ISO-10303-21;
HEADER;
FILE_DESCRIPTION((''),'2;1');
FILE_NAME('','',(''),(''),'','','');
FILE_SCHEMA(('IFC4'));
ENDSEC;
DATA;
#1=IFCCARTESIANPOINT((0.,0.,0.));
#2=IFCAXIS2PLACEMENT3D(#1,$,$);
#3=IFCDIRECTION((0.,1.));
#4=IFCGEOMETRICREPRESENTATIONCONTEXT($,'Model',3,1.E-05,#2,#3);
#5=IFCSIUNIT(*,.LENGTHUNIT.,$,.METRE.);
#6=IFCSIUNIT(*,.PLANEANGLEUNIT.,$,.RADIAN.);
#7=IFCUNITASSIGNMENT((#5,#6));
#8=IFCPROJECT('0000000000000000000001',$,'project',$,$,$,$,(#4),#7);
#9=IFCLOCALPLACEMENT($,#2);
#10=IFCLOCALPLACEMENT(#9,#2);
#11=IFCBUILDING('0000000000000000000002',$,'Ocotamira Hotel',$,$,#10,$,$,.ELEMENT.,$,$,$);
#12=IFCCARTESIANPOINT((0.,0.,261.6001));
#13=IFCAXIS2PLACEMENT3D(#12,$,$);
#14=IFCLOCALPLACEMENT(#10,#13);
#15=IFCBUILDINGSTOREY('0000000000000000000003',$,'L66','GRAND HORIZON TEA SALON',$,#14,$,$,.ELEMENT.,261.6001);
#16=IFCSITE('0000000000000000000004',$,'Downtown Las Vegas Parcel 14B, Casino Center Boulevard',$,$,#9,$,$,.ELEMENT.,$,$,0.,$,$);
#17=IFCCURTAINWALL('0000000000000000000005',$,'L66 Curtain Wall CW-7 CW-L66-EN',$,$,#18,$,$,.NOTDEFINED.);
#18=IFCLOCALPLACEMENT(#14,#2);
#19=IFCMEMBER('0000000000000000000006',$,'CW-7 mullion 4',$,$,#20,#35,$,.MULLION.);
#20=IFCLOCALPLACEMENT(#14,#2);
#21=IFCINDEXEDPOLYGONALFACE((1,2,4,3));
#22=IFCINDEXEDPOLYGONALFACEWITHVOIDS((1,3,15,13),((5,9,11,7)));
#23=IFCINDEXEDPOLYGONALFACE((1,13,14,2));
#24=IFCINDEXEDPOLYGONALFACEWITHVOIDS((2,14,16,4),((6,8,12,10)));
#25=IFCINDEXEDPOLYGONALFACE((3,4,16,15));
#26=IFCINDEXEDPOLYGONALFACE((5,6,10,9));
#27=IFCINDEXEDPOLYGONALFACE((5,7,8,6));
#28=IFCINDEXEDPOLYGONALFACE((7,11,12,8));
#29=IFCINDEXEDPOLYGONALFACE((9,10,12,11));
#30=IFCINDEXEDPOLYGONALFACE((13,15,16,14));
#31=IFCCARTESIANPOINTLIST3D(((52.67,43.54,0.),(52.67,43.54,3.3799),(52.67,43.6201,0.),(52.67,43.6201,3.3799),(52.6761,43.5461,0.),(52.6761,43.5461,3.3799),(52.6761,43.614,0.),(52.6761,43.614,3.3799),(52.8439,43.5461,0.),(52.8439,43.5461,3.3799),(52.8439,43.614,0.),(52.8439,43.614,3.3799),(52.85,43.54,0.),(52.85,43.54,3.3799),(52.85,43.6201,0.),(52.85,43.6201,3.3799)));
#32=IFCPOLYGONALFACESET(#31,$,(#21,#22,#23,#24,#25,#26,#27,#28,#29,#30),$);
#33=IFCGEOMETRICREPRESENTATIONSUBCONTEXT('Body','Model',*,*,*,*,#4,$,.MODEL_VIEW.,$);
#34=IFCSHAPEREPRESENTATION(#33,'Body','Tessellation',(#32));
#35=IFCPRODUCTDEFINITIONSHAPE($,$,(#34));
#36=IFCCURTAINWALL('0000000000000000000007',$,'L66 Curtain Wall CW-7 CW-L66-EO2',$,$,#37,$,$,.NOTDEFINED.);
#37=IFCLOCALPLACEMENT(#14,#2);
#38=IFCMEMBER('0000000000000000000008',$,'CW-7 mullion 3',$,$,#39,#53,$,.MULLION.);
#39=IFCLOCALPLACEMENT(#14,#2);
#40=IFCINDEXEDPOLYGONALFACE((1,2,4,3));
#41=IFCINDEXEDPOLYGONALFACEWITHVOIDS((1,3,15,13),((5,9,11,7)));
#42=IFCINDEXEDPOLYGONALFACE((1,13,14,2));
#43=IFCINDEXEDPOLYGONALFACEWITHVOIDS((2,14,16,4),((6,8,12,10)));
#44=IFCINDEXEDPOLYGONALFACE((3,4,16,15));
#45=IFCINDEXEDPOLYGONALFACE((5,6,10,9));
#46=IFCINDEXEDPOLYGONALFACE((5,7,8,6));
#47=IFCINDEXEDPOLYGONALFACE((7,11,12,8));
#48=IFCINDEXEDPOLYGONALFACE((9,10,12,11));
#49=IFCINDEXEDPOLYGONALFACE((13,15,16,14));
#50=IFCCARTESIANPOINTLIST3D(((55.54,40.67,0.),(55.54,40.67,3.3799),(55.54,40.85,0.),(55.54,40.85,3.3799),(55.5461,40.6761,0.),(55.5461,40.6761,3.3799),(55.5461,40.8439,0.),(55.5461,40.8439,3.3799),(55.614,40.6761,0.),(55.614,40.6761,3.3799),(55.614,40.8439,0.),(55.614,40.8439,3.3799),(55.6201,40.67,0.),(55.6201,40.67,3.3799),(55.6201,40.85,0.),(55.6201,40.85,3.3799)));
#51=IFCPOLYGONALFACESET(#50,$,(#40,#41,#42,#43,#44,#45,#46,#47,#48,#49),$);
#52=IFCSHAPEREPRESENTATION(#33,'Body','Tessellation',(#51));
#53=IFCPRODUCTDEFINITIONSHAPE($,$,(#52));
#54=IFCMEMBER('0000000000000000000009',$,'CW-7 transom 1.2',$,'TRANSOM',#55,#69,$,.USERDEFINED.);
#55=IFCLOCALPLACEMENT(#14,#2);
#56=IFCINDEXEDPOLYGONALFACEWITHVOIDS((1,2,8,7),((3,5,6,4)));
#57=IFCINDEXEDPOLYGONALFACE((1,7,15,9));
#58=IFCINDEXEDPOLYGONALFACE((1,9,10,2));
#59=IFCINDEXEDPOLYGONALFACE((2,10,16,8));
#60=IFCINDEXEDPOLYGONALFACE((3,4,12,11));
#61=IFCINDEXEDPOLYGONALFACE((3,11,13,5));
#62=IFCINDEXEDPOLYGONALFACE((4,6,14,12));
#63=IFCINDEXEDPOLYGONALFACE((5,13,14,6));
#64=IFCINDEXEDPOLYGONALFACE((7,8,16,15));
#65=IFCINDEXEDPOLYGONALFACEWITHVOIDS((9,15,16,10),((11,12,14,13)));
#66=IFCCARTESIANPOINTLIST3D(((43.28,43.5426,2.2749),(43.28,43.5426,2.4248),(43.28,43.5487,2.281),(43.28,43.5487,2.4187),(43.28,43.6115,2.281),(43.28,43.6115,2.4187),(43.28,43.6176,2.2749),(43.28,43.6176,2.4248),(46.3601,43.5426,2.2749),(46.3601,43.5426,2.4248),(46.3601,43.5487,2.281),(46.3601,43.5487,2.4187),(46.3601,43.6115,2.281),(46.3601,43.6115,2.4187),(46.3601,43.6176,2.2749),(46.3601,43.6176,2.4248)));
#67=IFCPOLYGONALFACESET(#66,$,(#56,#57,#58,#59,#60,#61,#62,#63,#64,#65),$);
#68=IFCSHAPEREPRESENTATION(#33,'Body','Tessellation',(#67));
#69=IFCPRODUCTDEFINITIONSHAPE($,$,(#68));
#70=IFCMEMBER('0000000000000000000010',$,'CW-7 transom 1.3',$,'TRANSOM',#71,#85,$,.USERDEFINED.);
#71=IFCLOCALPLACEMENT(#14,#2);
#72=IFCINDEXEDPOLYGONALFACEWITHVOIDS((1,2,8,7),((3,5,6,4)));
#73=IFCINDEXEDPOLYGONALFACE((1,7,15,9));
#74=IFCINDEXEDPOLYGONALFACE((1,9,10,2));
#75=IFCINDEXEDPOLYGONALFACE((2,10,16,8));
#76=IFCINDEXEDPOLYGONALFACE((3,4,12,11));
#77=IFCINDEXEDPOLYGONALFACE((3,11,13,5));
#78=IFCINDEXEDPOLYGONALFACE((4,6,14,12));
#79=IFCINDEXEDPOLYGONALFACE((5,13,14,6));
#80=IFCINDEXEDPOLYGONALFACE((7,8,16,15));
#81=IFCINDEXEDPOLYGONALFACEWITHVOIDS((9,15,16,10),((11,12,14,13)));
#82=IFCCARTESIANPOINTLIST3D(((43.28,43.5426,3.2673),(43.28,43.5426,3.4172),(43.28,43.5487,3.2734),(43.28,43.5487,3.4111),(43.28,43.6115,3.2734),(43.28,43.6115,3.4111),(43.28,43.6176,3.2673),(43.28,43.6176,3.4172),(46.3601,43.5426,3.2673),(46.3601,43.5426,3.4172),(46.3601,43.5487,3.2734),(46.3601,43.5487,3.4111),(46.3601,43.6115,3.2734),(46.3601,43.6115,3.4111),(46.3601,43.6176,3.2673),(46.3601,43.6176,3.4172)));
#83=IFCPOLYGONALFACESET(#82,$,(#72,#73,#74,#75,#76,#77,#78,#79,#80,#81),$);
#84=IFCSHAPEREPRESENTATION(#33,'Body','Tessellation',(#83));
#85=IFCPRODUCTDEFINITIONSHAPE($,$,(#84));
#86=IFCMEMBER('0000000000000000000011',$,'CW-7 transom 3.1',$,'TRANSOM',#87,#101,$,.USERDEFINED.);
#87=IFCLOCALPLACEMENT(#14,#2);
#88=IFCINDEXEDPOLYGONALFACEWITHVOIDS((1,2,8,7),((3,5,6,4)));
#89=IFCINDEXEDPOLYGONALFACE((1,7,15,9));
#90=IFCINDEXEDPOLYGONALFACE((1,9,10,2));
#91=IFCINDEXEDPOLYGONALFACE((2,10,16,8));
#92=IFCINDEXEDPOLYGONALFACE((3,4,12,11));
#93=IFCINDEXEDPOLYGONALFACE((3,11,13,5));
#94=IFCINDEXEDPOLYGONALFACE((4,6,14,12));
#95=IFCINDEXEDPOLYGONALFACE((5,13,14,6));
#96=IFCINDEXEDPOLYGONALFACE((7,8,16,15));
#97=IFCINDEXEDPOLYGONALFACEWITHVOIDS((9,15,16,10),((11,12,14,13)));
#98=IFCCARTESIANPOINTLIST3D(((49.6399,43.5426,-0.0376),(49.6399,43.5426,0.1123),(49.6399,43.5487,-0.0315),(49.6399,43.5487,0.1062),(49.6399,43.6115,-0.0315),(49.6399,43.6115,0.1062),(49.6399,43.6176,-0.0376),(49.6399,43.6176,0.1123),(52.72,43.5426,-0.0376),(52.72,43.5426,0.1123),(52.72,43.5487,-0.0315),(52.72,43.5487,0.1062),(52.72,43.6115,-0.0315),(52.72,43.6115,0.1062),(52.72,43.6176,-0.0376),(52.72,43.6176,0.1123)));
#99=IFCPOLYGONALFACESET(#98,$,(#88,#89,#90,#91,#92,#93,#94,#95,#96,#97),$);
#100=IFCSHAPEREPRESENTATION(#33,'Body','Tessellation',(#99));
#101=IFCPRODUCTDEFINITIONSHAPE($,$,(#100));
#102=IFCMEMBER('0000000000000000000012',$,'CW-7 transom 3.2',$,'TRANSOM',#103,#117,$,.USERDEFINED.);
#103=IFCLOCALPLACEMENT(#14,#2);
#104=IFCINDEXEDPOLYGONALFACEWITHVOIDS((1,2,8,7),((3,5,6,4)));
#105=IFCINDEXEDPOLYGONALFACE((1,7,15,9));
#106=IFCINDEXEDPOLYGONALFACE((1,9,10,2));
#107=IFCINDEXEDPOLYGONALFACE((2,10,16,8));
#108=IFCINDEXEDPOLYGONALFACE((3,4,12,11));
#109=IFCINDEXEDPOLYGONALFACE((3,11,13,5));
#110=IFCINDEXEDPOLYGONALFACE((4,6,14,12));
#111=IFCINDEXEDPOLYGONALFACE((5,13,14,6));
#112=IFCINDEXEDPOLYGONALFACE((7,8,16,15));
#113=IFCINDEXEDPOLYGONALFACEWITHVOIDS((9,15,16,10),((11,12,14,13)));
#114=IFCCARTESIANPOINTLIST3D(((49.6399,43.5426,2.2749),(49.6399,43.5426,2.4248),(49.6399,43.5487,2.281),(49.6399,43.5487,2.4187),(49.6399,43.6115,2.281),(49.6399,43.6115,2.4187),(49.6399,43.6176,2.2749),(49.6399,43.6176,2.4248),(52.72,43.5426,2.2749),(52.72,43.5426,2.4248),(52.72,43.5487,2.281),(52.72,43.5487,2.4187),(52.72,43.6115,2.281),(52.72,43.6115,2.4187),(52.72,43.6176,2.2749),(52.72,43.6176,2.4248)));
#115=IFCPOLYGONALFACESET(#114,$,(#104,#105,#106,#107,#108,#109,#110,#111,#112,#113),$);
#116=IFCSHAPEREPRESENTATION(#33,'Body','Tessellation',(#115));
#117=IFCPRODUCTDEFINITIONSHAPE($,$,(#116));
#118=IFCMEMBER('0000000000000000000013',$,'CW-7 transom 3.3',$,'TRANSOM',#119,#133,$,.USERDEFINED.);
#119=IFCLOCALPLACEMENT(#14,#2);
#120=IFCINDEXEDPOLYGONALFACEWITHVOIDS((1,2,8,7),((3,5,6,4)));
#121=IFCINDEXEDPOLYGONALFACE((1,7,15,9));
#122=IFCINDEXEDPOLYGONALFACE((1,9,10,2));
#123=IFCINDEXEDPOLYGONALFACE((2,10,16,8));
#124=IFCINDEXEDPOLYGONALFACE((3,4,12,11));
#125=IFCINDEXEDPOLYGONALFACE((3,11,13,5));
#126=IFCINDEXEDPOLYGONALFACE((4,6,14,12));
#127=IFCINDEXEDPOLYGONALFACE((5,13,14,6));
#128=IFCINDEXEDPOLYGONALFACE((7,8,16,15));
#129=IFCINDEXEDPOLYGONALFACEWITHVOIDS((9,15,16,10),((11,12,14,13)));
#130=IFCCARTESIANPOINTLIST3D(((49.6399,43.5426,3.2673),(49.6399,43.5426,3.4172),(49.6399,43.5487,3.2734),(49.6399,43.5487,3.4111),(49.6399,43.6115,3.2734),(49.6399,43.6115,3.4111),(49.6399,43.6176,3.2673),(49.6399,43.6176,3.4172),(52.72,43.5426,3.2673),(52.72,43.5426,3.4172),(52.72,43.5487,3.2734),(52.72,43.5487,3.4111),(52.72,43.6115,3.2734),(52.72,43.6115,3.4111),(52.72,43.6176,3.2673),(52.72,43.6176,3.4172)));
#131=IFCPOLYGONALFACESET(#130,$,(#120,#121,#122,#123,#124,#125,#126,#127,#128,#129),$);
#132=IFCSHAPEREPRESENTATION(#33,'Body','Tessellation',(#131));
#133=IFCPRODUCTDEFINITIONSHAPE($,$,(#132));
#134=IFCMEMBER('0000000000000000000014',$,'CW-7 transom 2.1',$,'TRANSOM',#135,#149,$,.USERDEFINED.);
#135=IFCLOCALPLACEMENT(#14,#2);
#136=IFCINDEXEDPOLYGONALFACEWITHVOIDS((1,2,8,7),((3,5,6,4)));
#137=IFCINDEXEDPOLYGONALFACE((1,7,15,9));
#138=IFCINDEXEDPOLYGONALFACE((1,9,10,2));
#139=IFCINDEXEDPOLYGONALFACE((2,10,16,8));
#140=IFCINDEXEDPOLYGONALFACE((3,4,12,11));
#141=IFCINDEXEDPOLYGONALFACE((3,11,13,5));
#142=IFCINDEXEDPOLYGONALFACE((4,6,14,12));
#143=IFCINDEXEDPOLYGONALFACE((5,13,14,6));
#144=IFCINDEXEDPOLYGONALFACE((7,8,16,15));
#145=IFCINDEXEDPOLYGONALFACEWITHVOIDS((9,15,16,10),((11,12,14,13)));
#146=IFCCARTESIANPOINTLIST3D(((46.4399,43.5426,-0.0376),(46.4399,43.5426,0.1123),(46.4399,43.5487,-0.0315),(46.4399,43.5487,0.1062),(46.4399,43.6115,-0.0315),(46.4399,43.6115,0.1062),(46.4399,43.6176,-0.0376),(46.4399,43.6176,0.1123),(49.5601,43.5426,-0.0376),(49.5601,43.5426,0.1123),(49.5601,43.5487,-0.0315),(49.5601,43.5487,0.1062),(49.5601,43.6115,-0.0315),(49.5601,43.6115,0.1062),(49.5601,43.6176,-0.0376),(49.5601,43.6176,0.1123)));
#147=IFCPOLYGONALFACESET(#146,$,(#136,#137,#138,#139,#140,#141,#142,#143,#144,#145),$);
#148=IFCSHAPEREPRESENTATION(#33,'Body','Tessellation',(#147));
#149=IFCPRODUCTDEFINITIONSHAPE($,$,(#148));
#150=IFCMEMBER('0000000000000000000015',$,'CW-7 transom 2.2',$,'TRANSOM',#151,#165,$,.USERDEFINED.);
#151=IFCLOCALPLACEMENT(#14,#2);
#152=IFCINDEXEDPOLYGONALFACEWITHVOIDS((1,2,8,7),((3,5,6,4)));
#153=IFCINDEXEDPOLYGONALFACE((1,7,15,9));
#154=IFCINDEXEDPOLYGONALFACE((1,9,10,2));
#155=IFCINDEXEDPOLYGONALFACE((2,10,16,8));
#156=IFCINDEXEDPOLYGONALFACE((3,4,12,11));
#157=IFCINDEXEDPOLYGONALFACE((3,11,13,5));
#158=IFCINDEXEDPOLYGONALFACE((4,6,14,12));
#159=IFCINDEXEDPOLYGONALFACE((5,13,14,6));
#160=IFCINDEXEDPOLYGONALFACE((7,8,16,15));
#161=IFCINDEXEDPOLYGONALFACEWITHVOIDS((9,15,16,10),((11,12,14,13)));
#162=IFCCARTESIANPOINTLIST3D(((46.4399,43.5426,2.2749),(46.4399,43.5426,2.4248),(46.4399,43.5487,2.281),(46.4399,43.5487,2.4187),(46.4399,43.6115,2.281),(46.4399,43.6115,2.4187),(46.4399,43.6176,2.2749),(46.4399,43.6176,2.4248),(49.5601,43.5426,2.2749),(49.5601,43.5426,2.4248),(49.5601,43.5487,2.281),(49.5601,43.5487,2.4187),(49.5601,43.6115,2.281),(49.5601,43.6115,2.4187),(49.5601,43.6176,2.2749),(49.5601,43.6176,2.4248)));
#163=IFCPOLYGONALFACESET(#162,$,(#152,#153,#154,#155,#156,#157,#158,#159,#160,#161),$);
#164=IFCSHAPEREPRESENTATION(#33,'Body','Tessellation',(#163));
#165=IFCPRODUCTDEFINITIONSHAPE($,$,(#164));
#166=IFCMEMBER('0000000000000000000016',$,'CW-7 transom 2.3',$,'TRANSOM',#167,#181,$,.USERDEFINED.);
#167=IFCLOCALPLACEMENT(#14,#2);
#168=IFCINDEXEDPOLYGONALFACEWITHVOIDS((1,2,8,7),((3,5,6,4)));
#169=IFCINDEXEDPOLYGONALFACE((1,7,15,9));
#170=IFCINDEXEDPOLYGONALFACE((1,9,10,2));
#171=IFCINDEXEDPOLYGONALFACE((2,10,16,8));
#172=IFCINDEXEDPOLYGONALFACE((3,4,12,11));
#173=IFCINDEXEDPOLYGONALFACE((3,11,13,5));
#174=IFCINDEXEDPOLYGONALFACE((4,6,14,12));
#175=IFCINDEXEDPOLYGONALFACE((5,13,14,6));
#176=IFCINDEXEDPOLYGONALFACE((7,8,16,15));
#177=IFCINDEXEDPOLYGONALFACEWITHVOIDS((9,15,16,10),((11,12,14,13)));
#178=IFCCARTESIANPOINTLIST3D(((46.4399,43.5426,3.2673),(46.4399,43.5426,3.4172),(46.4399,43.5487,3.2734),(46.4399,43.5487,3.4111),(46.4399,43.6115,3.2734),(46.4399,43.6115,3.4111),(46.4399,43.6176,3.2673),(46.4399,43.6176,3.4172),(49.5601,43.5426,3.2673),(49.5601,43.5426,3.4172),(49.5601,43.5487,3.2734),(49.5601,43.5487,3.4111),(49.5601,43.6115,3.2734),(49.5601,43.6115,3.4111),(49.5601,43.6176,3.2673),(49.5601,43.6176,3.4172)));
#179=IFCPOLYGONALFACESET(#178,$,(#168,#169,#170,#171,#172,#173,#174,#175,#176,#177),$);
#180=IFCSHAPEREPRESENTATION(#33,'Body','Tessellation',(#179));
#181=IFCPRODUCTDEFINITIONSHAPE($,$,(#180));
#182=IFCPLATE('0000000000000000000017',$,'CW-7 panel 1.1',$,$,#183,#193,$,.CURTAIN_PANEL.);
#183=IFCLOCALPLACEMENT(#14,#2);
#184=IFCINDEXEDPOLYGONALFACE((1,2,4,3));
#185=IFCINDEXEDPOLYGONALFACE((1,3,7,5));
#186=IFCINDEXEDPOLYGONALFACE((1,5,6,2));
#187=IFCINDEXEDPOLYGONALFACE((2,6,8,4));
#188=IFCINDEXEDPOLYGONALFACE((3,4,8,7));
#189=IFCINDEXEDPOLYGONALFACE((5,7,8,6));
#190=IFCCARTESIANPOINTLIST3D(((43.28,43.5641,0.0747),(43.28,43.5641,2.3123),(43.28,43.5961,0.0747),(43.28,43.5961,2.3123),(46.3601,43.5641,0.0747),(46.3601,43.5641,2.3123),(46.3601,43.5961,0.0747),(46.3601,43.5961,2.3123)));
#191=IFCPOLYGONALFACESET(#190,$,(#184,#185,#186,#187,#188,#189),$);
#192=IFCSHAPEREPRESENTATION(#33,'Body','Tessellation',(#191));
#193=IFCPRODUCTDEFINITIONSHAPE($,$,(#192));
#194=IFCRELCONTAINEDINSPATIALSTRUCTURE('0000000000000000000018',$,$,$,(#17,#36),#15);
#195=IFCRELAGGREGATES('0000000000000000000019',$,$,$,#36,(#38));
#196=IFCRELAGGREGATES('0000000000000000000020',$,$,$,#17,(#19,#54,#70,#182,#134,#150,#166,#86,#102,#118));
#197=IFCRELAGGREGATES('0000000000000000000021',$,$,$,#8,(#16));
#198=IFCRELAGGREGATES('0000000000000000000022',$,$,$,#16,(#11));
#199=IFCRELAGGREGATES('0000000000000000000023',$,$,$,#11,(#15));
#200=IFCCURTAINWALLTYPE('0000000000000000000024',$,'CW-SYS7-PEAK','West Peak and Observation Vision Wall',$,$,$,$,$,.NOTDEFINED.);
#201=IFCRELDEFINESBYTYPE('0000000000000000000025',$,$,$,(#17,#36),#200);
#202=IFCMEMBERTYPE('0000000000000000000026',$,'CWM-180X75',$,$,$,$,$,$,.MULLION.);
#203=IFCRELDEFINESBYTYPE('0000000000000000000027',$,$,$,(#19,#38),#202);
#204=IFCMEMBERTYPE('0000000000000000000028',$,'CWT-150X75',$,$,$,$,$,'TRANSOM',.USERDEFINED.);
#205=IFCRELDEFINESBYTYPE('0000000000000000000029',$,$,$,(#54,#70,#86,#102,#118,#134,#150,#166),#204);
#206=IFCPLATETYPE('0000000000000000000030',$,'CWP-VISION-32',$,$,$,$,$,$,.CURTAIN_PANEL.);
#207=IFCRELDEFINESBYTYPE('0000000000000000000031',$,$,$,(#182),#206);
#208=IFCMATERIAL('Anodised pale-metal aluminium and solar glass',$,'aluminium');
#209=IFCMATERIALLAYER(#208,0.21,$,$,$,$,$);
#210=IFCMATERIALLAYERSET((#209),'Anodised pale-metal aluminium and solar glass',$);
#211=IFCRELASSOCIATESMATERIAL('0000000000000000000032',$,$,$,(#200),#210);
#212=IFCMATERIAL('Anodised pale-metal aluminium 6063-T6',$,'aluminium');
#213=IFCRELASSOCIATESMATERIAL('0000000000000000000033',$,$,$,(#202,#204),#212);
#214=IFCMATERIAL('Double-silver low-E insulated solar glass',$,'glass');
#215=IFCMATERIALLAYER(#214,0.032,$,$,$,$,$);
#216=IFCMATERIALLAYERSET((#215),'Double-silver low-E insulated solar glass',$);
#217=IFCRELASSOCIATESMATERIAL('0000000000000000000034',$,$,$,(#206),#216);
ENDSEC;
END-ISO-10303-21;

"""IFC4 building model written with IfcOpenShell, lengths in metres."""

from ifc_helpers import new_model, si_unit, direction, frame, origin, origin_2d, place, context, subcontext, project, spatial, rectangle, hollow_rectangle, extrude, source, transform, mapped, material, layer, layer_set, material_profile, profile_set, type_object, element, aggregate, save


model = new_model("IFC4")

# Units and contexts
model_context = context("Model", 3, precision=1e-05, world=origin(), true_north=direction((0.0, 1.0)))
body_context = subcontext(model_context, "Body", "Model", "MODEL_VIEW")
ifc_project = project(units=[si_unit("LENGTHUNIT", "METRE"), si_unit("PLANEANGLEUNIT", "RADIAN")], contexts=[model_context])

# Site, building, storey
site_placement = place(None, origin())
site = spatial("IfcSite", under=ifc_project, at=site_placement, Name="Downtown Las Vegas Parcel 14B, Casino Center Boulevard", CompositionType="ELEMENT", RefElevation=0.0)
building_placement = place(site_placement, origin())
building = spatial("IfcBuilding", under=site, at=building_placement, Name="Ocotamira Hotel", CompositionType="ELEMENT")
storey_placement = place(building_placement, frame((0.0, 0.0, 261.6001)))
storey = spatial("IfcBuildingStorey", under=building, at=storey_placement, Name="L66", Description="GRAND HORIZON TEA SALON", CompositionType="ELEMENT", Elevation=261.6001)

# Curtain wall, member
ifc_material_1 = material(Name="Anodised pale-metal aluminium and solar glass", Category="aluminium")
ifc_layer_1 = layer(ifc_material_1, 0.21)
ifc_layer_set_1 = layer_set([ifc_layer_1], Name="Anodised pale-metal aluminium and solar glass")
curtain_wall_type = type_object("IfcCurtainWallType", Name="CW-SYS7-PEAK", Description="West Peak and Observation Vision Wall", PredefinedType="NOTDEFINED", material=ifc_layer_set_1)
curtain_wall_1_placement = place(storey_placement, origin())
curtain_wall_1 = element("IfcCurtainWall", 1, at=curtain_wall_1_placement, inside=storey, type_object=curtain_wall_type, Name="L66 Curtain Wall CW-7 CW-L66-EN", PredefinedType="NOTDEFINED")
ifc_material_2 = material(Name="Anodised pale-metal aluminium 6063-T6", Category="aluminium")
ifc_material_profile_1 = material_profile(ifc_material_2, hollow_rectangle(XDim=0.0801, YDim=0.1799, WallThickness=0.0061, at=origin_2d()), Name="HSS180X80X6")
ifc_profile_set_1 = profile_set([ifc_material_profile_1], Name="Anodised pale-metal aluminium 6063-T6")
member_type_1 = type_object("IfcMemberType", Name="CWM-180X75", PredefinedType="MULLION", material=ifc_profile_set_1)
shared_shape_1 = source(origin(), body_context, "Body", "SweptSolid", [
    extrude(hollow_rectangle(XDim=0.0801, YDim=0.1799, WallThickness=0.0061, at=origin_2d()), origin(), (0.0, 0.0, 1.0), 3.3799),
])
member_1_placement = place(storey_placement, frame((52.76, 43.5801, 0.0), z_axis=(0.0, 0.0, 1.0), x_axis=(0.0, 1.0, 0.0)))
member_1 = element("IfcMember", 2, at=member_1_placement, type_object=member_type_1, Name="CW-7 mullion 4", PredefinedType="MULLION", context=body_context, shape_type="MappedRepresentation", body=[
    mapped(shared_shape_1, transform((0.0, 0.0, 0.0), scale=1.0)),
])

# Curtain wall, member
curtain_wall_2_placement = place(storey_placement, origin())
curtain_wall_2 = element("IfcCurtainWall", 3, at=curtain_wall_2_placement, inside=storey, type_object=curtain_wall_type, Name="L66 Curtain Wall CW-7 CW-L66-EO2", PredefinedType="NOTDEFINED")
member_2_placement = place(storey_placement, frame((55.5801, 40.76, 0.0), z_axis=(0.0, 0.0, 1.0), x_axis=(-1.0, 0.0, 0.0)))
member_2 = element("IfcMember", 4, at=member_2_placement, type_object=member_type_1, Name="CW-7 mullion 3", PredefinedType="MULLION", context=body_context, shape_type="MappedRepresentation", body=[
    mapped(shared_shape_1, transform((0.0, 0.0, 0.0), scale=1.0)),
])
aggregate(curtain_wall_2, [member_2])

# Members
ifc_material_profile_2 = material_profile(ifc_material_2, hollow_rectangle(XDim=0.075, YDim=0.1499, WallThickness=0.0061, at=origin_2d()), Name="HSS150X75X6")
ifc_profile_set_2 = profile_set([ifc_material_profile_2], Name="Anodised pale-metal aluminium 6063-T6")
member_type_2 = type_object("IfcMemberType", Name="CWT-150X75", ElementType="TRANSOM", PredefinedType="USERDEFINED", material=ifc_profile_set_2)
shared_shape_2 = source(origin(), body_context, "Body", "SweptSolid", [
    extrude(hollow_rectangle(XDim=0.075, YDim=0.1499, WallThickness=0.0061, at=origin_2d()), origin(), (0.0, 0.0, 1.0), 3.0801),
])
member_3_placement = place(storey_placement, frame((43.28, 43.5801, 2.3499), z_axis=(1.0, 0.0, 0.0), x_axis=(0.0, 1.0, 0.0)))
member_3 = element("IfcMember", 5, at=member_3_placement, type_object=member_type_2, Name="CW-7 transom 1.2", ObjectType="TRANSOM", PredefinedType="USERDEFINED", context=body_context, shape_type="MappedRepresentation", body=[
    mapped(shared_shape_2, transform((0.0, 0.0, 0.0), scale=1.0)),
])
member_4_placement = place(storey_placement, frame((43.28, 43.5801, 3.3423), z_axis=(1.0, 0.0, 0.0), x_axis=(0.0, 1.0, 0.0)))
member_4 = element("IfcMember", 6, at=member_4_placement, type_object=member_type_2, Name="CW-7 transom 1.3", ObjectType="TRANSOM", PredefinedType="USERDEFINED", context=body_context, shape_type="MappedRepresentation", body=[
    mapped(shared_shape_2, transform((0.0, 0.0, 0.0), scale=1.0)),
])
member_5_placement = place(storey_placement, frame((49.6399, 43.5801, 0.0374), z_axis=(1.0, 0.0, 0.0), x_axis=(0.0, 1.0, 0.0)))
member_5 = element("IfcMember", 7, at=member_5_placement, type_object=member_type_2, Name="CW-7 transom 3.1", ObjectType="TRANSOM", PredefinedType="USERDEFINED", context=body_context, shape_type="MappedRepresentation", body=[
    mapped(shared_shape_2, transform((0.0, 0.0, 0.0), scale=1.0)),
])
member_6_placement = place(storey_placement, frame((49.6399, 43.5801, 2.3499), z_axis=(1.0, 0.0, 0.0), x_axis=(0.0, 1.0, 0.0)))
member_6 = element("IfcMember", 8, at=member_6_placement, type_object=member_type_2, Name="CW-7 transom 3.2", ObjectType="TRANSOM", PredefinedType="USERDEFINED", context=body_context, shape_type="MappedRepresentation", body=[
    mapped(shared_shape_2, transform((0.0, 0.0, 0.0), scale=1.0)),
])
member_7_placement = place(storey_placement, frame((49.6399, 43.5801, 3.3423), z_axis=(1.0, 0.0, 0.0), x_axis=(0.0, 1.0, 0.0)))
member_7 = element("IfcMember", 9, at=member_7_placement, type_object=member_type_2, Name="CW-7 transom 3.3", ObjectType="TRANSOM", PredefinedType="USERDEFINED", context=body_context, shape_type="MappedRepresentation", body=[
    mapped(shared_shape_2, transform((0.0, 0.0, 0.0), scale=1.0)),
])
shared_shape_3 = source(origin(), body_context, "Body", "SweptSolid", [
    extrude(hollow_rectangle(XDim=0.075, YDim=0.1499, WallThickness=0.0061, at=origin_2d()), origin(), (0.0, 0.0, 1.0), 3.1201),
])
member_8_placement = place(storey_placement, frame((46.4399, 43.5801, 0.0374), z_axis=(1.0, 0.0, 0.0), x_axis=(0.0, 1.0, 0.0)))
member_8 = element("IfcMember", 10, at=member_8_placement, type_object=member_type_2, Name="CW-7 transom 2.1", ObjectType="TRANSOM", PredefinedType="USERDEFINED", context=body_context, shape_type="MappedRepresentation", body=[
    mapped(shared_shape_3, transform((0.0, 0.0, 0.0), scale=1.0)),
])
member_9_placement = place(storey_placement, frame((46.4399, 43.5801, 2.3499), z_axis=(1.0, 0.0, 0.0), x_axis=(0.0, 1.0, 0.0)))
member_9 = element("IfcMember", 11, at=member_9_placement, type_object=member_type_2, Name="CW-7 transom 2.2", ObjectType="TRANSOM", PredefinedType="USERDEFINED", context=body_context, shape_type="MappedRepresentation", body=[
    mapped(shared_shape_3, transform((0.0, 0.0, 0.0), scale=1.0)),
])
member_10_placement = place(storey_placement, frame((46.4399, 43.5801, 3.3423), z_axis=(1.0, 0.0, 0.0), x_axis=(0.0, 1.0, 0.0)))
member_10 = element("IfcMember", 12, at=member_10_placement, type_object=member_type_2, Name="CW-7 transom 2.3", ObjectType="TRANSOM", PredefinedType="USERDEFINED", context=body_context, shape_type="MappedRepresentation", body=[
    mapped(shared_shape_3, transform((0.0, 0.0, 0.0), scale=1.0)),
])

# Plate
ifc_material_3 = material(Name="Double-silver low-E insulated solar glass", Category="glass")
ifc_layer_2 = layer(ifc_material_3, 0.032)
ifc_layer_set_2 = layer_set([ifc_layer_2], Name="Double-silver low-E insulated solar glass")
plate_type = type_object("IfcPlateType", Name="CWP-VISION-32", PredefinedType="CURTAIN_PANEL", material=ifc_layer_set_2)
shared_shape_4 = source(origin(), body_context, "Body", "SweptSolid", [
    extrude(rectangle(XDim=3.0801, YDim=0.032, at=origin_2d()), origin(), (0.0, 0.0, 1.0), 2.2375),
])
plate_1_placement = place(storey_placement, frame((44.8201, 43.5801, 0.0747), z_axis=(0.0, 0.0, 1.0), x_axis=(1.0, 0.0, 0.0)))
plate_1 = element("IfcPlate", 13, at=plate_1_placement, type_object=plate_type, Name="CW-7 panel 1.1", PredefinedType="CURTAIN_PANEL", context=body_context, shape_type="MappedRepresentation", body=[
    mapped(shared_shape_4, transform((0.0, 0.0, 0.0), scale=1.0)),
])
aggregate(curtain_wall_1, [member_1, member_3, member_4, plate_1, member_8, member_9, member_10, member_5, member_6, member_7])

save(model, "model.ifc")
